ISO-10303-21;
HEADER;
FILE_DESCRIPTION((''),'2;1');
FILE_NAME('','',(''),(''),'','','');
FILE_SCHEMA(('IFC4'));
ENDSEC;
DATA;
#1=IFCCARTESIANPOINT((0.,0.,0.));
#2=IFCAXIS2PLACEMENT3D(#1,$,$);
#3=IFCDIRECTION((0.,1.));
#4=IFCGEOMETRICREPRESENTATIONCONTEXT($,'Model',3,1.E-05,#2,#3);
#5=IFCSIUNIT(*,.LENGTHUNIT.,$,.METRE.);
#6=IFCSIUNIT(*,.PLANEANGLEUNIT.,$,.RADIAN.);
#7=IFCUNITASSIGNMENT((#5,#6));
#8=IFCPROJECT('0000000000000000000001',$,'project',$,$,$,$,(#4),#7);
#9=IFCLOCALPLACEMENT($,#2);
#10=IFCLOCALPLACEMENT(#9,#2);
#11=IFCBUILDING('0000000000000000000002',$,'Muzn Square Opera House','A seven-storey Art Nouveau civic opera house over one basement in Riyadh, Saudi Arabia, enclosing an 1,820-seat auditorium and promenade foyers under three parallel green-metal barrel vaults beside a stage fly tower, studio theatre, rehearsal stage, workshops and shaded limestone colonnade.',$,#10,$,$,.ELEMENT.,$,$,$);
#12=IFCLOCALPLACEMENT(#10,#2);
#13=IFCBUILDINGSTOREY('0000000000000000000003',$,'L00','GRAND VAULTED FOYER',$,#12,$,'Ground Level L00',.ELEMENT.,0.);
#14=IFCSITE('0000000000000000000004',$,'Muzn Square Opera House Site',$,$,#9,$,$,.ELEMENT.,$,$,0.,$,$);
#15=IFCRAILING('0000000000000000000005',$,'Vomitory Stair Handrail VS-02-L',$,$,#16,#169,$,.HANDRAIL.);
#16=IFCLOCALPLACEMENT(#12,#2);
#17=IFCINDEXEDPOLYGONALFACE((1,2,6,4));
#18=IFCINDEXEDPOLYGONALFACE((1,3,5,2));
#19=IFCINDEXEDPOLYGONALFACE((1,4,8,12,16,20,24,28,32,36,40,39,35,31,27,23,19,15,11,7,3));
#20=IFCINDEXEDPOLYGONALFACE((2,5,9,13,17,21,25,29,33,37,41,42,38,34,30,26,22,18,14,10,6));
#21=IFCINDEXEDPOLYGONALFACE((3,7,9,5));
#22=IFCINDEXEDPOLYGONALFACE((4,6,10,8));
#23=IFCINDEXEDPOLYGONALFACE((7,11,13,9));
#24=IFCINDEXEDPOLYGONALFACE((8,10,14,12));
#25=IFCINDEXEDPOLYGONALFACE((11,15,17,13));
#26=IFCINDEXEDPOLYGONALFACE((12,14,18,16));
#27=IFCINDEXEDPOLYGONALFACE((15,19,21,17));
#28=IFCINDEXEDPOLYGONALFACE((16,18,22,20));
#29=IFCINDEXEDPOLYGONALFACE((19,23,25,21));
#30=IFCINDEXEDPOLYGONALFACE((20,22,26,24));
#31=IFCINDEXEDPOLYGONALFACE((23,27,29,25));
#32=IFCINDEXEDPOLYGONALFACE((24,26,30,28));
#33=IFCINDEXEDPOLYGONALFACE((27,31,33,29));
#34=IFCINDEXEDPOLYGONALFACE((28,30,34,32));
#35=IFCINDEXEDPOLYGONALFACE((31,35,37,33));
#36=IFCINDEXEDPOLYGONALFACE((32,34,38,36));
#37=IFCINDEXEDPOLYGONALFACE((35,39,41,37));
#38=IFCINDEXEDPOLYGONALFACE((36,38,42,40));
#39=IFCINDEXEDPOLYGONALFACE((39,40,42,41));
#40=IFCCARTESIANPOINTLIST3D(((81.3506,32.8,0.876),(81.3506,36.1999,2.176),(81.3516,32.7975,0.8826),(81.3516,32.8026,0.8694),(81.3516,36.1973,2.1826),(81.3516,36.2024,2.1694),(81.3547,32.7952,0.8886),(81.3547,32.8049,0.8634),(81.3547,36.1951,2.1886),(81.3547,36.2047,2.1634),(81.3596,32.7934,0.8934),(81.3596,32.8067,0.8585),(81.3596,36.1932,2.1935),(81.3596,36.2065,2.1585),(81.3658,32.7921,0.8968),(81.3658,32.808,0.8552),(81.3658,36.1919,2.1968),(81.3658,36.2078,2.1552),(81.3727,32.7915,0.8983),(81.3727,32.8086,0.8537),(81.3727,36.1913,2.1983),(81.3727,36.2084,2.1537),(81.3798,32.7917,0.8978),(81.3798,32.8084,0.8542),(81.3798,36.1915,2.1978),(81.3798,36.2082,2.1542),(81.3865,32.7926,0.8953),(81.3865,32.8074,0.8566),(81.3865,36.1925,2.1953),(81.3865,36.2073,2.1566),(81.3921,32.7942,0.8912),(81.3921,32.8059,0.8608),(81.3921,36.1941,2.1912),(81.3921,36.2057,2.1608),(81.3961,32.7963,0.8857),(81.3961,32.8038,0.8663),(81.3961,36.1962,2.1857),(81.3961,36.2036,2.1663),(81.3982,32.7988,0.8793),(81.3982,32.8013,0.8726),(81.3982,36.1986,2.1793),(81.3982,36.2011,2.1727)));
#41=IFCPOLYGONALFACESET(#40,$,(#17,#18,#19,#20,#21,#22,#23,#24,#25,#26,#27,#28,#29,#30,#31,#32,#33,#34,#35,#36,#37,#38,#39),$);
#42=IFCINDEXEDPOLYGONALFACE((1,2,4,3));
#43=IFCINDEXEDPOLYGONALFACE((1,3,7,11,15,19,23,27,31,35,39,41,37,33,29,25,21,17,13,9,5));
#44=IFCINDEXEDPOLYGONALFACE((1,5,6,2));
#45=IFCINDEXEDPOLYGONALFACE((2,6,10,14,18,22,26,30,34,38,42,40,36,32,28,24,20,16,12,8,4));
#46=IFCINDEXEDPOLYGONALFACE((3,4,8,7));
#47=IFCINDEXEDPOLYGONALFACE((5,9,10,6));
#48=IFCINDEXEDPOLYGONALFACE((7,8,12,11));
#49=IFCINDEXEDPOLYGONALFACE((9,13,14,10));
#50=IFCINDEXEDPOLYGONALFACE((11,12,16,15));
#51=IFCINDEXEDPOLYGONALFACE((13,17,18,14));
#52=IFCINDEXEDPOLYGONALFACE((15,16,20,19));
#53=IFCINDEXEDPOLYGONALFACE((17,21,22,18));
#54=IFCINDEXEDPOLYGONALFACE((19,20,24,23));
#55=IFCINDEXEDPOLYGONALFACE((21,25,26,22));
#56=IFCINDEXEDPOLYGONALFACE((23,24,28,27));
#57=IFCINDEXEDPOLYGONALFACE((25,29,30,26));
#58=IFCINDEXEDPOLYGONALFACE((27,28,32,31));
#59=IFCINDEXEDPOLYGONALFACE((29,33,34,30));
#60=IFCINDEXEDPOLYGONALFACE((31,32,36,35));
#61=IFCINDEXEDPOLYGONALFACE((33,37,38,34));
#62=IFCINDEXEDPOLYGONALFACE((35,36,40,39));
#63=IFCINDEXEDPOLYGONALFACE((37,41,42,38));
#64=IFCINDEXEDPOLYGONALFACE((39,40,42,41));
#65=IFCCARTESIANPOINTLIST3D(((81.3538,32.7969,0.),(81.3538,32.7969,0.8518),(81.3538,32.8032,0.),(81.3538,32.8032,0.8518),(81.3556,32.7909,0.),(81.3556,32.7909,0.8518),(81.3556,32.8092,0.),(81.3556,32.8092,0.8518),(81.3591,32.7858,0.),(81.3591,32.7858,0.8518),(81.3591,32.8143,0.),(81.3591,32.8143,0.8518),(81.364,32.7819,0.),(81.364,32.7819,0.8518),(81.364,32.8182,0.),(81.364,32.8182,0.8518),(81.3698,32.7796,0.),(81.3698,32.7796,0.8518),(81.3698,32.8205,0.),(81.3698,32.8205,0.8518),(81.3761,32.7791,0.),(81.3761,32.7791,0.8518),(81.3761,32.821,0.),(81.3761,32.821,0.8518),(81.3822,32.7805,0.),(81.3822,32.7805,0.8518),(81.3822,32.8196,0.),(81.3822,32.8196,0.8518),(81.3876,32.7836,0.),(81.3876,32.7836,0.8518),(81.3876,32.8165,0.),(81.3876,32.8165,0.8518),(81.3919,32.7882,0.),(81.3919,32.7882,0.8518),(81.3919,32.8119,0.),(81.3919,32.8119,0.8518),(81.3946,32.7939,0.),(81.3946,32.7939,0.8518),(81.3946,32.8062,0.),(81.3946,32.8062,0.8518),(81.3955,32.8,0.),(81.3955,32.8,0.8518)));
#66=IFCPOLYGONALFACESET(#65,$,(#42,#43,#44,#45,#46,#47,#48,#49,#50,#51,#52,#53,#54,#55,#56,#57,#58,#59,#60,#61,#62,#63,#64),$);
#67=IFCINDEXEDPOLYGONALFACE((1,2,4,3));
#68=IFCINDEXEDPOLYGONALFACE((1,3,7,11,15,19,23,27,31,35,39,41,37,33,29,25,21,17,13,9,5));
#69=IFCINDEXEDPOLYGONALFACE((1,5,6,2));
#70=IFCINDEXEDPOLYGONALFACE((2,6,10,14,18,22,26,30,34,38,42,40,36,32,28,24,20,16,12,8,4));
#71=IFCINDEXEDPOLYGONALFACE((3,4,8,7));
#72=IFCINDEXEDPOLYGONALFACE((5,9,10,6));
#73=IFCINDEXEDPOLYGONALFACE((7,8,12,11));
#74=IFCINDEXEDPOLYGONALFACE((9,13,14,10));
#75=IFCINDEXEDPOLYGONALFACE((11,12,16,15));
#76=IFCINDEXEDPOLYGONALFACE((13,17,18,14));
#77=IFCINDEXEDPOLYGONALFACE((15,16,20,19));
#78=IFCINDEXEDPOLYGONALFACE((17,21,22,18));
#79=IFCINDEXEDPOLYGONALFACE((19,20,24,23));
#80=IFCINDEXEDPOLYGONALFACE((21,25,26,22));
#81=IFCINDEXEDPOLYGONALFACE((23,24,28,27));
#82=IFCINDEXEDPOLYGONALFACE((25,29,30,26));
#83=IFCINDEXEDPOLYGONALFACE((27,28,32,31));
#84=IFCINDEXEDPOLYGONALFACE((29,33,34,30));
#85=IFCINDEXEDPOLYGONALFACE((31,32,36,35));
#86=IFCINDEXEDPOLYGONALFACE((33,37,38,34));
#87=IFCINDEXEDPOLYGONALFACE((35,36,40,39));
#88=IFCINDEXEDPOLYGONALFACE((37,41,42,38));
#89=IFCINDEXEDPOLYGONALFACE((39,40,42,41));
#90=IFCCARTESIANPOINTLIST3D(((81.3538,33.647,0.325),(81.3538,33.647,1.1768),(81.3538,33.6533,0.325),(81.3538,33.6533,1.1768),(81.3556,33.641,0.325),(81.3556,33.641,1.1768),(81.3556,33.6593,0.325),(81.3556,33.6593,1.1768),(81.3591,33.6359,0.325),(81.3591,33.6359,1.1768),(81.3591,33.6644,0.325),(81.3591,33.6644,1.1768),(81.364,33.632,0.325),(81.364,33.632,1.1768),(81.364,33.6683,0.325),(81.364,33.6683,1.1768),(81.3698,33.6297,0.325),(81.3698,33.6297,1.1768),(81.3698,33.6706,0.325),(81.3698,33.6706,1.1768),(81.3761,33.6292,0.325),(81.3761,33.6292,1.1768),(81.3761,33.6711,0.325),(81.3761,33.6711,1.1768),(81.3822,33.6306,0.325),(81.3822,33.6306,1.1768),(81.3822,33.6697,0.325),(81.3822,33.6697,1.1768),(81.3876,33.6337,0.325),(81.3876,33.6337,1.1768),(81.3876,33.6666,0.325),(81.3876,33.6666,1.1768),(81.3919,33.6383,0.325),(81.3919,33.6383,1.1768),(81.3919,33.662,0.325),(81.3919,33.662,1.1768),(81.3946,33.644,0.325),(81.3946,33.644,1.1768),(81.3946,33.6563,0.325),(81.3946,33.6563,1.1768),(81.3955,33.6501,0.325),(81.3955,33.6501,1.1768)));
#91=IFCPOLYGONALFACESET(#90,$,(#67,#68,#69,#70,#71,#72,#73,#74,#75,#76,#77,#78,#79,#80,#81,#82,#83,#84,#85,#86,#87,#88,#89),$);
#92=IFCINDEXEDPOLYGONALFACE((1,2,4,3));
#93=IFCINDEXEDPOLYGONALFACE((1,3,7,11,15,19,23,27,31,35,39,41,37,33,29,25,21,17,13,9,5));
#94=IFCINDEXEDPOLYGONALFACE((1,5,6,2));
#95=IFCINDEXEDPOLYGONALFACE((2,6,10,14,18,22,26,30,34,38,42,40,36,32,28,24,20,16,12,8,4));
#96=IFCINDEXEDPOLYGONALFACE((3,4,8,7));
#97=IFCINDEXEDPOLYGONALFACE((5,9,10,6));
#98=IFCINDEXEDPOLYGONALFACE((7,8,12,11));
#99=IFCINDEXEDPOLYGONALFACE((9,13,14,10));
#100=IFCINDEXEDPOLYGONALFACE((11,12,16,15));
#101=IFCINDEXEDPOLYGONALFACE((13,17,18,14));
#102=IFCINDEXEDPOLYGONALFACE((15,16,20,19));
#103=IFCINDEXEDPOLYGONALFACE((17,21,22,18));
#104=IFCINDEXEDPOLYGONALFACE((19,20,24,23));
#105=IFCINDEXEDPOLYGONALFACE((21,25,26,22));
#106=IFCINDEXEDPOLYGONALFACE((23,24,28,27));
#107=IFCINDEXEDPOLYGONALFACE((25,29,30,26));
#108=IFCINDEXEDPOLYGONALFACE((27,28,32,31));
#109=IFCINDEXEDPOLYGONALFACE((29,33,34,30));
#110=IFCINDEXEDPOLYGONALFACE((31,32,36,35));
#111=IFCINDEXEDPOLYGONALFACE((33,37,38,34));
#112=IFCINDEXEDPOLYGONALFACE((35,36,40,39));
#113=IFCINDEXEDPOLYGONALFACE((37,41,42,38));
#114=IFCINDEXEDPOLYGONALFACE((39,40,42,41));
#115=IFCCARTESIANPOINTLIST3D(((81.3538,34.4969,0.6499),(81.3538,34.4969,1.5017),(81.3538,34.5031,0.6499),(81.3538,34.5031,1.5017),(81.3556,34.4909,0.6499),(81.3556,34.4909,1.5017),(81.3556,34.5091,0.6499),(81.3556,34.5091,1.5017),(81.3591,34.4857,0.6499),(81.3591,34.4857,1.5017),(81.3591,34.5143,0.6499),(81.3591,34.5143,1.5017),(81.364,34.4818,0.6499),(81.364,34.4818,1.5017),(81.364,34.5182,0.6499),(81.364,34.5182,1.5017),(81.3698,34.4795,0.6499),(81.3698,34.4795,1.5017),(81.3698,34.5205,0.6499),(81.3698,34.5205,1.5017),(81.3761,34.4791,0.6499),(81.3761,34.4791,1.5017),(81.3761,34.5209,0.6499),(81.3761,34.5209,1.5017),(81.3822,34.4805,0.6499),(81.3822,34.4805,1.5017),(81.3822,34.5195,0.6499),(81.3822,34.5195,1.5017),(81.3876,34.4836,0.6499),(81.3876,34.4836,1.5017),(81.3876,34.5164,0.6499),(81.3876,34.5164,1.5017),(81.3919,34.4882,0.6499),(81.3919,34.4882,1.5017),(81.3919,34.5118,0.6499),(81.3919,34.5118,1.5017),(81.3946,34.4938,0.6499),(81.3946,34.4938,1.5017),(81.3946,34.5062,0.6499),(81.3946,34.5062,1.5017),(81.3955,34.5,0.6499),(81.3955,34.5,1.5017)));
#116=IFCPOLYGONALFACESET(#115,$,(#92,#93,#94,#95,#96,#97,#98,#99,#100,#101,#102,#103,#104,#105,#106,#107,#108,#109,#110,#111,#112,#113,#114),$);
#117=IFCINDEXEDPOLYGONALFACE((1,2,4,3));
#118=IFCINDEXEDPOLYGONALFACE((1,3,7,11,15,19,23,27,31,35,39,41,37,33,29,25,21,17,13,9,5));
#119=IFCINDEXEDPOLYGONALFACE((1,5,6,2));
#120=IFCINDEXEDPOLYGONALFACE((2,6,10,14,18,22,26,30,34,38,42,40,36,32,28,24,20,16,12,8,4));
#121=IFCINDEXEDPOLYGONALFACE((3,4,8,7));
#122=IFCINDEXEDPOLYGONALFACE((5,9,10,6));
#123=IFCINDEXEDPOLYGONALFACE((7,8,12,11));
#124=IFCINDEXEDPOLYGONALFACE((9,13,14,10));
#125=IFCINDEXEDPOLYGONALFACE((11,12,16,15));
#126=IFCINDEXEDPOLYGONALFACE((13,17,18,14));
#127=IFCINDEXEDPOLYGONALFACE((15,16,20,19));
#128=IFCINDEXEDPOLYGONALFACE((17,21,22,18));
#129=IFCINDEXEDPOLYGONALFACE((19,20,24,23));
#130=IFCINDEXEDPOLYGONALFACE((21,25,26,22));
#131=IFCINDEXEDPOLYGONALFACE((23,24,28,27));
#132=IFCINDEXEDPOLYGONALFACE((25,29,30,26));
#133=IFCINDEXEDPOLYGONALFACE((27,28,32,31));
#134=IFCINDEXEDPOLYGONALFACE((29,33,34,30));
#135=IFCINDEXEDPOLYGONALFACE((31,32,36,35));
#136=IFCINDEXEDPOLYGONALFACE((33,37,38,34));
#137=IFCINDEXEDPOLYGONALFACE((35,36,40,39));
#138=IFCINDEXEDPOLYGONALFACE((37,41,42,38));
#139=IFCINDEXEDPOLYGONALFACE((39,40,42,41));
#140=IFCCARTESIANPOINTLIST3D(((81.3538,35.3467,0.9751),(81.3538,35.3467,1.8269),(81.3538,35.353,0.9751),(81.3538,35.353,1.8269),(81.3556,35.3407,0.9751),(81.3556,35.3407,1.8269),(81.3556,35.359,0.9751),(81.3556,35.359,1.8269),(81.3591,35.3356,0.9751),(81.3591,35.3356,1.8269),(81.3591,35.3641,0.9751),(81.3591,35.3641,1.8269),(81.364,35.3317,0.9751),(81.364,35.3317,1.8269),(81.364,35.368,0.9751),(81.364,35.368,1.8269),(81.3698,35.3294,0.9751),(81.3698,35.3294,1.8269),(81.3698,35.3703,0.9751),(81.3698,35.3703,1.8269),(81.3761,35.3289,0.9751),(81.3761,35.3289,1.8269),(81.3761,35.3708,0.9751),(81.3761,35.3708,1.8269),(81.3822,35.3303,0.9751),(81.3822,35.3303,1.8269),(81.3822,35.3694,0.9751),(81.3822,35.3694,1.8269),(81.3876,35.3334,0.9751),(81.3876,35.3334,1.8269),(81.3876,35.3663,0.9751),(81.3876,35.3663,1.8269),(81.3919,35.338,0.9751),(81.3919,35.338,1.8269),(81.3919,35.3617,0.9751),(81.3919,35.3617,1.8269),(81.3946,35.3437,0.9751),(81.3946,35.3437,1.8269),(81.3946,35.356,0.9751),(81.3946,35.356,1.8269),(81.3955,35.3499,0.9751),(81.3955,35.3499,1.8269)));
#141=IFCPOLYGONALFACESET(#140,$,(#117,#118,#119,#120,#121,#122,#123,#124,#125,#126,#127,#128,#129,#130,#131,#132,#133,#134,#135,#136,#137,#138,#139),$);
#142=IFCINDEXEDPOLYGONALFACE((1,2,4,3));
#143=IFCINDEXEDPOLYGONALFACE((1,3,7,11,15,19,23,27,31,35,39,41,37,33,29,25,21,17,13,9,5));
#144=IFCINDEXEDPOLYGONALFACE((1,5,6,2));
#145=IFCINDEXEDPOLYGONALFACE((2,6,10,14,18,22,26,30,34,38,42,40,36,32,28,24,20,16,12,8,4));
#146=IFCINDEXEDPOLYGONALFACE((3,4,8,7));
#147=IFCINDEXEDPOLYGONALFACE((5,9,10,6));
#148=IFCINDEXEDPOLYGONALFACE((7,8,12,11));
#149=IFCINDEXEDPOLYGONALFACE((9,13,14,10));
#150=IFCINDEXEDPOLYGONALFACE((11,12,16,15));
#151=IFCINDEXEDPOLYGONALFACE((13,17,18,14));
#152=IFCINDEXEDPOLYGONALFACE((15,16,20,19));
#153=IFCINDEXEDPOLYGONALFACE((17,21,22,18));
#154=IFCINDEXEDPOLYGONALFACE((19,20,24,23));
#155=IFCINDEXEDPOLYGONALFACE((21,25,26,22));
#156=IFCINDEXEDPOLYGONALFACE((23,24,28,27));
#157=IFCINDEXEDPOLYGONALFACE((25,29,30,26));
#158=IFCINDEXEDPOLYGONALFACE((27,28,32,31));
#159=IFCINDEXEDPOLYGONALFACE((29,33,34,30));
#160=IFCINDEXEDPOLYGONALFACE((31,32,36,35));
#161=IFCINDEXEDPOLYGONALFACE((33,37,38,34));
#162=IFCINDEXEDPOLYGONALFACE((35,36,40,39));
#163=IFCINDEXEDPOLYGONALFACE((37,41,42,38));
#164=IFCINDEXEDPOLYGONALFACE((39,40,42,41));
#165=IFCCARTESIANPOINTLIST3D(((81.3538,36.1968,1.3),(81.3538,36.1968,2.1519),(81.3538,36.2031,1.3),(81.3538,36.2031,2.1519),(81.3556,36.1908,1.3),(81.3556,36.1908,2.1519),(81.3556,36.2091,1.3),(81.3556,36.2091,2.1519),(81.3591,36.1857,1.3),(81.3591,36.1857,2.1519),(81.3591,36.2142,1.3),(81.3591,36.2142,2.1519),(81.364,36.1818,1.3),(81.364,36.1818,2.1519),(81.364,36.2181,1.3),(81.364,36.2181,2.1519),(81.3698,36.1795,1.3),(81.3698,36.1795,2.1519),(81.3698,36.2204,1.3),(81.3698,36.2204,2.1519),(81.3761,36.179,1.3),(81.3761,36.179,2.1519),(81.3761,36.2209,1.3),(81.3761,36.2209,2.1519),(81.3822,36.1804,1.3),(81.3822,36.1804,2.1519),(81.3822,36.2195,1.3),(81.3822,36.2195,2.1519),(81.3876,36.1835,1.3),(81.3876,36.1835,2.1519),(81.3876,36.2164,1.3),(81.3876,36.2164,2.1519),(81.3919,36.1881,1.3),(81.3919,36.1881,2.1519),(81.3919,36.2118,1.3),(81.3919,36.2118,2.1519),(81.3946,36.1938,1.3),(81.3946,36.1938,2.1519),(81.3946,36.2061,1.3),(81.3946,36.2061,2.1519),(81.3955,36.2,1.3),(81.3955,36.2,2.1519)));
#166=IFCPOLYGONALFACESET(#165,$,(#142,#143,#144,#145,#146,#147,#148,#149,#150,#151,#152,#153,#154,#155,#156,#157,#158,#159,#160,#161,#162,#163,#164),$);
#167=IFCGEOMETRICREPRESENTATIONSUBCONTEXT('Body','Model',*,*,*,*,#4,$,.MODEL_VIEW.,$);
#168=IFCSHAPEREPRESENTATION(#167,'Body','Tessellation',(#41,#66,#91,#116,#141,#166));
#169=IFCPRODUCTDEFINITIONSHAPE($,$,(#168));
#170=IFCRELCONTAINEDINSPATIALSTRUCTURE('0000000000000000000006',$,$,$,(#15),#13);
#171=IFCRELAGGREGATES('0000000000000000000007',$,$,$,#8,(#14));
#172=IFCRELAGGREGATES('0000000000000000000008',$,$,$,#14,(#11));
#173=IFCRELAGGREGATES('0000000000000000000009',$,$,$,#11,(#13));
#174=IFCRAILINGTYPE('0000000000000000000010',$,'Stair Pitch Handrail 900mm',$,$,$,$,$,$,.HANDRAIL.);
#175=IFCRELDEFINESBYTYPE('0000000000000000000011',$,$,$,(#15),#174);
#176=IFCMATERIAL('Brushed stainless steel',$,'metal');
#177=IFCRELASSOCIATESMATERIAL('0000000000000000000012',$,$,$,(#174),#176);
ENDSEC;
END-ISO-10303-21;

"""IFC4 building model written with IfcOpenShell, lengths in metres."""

from ifc_helpers import new_model, si_unit, direction, frame, origin, origin_2d, place, context, subcontext, project, spatial, circle, extrude, material, type_object, element, save


model = new_model("IFC4")

# Units and contexts
model_context = context("Model", 3, precision=1e-05, world=origin(), true_north=direction((0.0, 1.0)))
body_context = subcontext(model_context, "Body", "Model", "MODEL_VIEW")
ifc_project = project(units=[si_unit("LENGTHUNIT", "METRE"), si_unit("PLANEANGLEUNIT", "RADIAN")], contexts=[model_context])

# Site, building, storey
site_placement = place(None, origin())
site = spatial("IfcSite", under=ifc_project, at=site_placement, Name="Muzn Square Opera House Site", CompositionType="ELEMENT", RefElevation=0.0)
building_placement = place(site_placement, origin())
building = spatial("IfcBuilding", under=site, at=building_placement, Name="Muzn Square Opera House", Description="A seven-storey Art Nouveau civic opera house over one basement in Riyadh, Saudi Arabia, enclosing an 1,820-seat auditorium and promenade foyers under three parallel green-metal barrel vaults beside a stage fly tower, studio theatre, rehearsal stage, workshops and shaded limestone colonnade.", CompositionType="ELEMENT")
storey_placement = place(building_placement, origin())
storey = spatial("IfcBuildingStorey", under=building, at=storey_placement, Name="L00", Description="GRAND VAULTED FOYER", LongName="Ground Level L00", CompositionType="ELEMENT", Elevation=0.0)

# Railing
ifc_material_1 = material(Name="Brushed stainless steel", Category="metal")
railing_type_1 = type_object("IfcRailingType", Name="Stair Pitch Handrail 900mm", PredefinedType="HANDRAIL", material=ifc_material_1)
for number, where, name in (
    (1, (81.3745, 32.8, 0.0), "Vomitory Stair Handrail VS-02-L"),
):
    element("IfcRailing", number, at=place(storey_placement, frame(where)), inside=storey, type_object=railing_type_1, Name=name, PredefinedType="HANDRAIL", context=body_context, shape_type="SweptSolid", body=[
        extrude(circle(Radius=0.0239, at=origin_2d()), frame((0.0, 0.0, 0.876), z_axis=(0.0, 0.934044, 0.357158), x_axis=(-1.0, 0.0, 0.0)), (0.0, 0.0, 1.0), 3.6399),
        extrude(circle(Radius=0.021, at=origin_2d()), origin(), (0.0, 0.0, 1.0), 0.8518),
        extrude(circle(Radius=0.021, at=origin_2d()), frame((0.0, 0.8501, 0.325)), (0.0, 0.0, 1.0), 0.8518),
        extrude(circle(Radius=0.021, at=origin_2d()), frame((0.0, 1.7, 0.6499)), (0.0, 0.0, 1.0), 0.8518),
        extrude(circle(Radius=0.021, at=origin_2d()), frame((0.0, 2.5498, 0.9751)), (0.0, 0.0, 1.0), 0.8518),
        extrude(circle(Radius=0.021, at=origin_2d()), frame((0.0, 3.3999, 1.3)), (0.0, 0.0, 1.0), 0.8518),
    ])

save(model, "model.ifc")
